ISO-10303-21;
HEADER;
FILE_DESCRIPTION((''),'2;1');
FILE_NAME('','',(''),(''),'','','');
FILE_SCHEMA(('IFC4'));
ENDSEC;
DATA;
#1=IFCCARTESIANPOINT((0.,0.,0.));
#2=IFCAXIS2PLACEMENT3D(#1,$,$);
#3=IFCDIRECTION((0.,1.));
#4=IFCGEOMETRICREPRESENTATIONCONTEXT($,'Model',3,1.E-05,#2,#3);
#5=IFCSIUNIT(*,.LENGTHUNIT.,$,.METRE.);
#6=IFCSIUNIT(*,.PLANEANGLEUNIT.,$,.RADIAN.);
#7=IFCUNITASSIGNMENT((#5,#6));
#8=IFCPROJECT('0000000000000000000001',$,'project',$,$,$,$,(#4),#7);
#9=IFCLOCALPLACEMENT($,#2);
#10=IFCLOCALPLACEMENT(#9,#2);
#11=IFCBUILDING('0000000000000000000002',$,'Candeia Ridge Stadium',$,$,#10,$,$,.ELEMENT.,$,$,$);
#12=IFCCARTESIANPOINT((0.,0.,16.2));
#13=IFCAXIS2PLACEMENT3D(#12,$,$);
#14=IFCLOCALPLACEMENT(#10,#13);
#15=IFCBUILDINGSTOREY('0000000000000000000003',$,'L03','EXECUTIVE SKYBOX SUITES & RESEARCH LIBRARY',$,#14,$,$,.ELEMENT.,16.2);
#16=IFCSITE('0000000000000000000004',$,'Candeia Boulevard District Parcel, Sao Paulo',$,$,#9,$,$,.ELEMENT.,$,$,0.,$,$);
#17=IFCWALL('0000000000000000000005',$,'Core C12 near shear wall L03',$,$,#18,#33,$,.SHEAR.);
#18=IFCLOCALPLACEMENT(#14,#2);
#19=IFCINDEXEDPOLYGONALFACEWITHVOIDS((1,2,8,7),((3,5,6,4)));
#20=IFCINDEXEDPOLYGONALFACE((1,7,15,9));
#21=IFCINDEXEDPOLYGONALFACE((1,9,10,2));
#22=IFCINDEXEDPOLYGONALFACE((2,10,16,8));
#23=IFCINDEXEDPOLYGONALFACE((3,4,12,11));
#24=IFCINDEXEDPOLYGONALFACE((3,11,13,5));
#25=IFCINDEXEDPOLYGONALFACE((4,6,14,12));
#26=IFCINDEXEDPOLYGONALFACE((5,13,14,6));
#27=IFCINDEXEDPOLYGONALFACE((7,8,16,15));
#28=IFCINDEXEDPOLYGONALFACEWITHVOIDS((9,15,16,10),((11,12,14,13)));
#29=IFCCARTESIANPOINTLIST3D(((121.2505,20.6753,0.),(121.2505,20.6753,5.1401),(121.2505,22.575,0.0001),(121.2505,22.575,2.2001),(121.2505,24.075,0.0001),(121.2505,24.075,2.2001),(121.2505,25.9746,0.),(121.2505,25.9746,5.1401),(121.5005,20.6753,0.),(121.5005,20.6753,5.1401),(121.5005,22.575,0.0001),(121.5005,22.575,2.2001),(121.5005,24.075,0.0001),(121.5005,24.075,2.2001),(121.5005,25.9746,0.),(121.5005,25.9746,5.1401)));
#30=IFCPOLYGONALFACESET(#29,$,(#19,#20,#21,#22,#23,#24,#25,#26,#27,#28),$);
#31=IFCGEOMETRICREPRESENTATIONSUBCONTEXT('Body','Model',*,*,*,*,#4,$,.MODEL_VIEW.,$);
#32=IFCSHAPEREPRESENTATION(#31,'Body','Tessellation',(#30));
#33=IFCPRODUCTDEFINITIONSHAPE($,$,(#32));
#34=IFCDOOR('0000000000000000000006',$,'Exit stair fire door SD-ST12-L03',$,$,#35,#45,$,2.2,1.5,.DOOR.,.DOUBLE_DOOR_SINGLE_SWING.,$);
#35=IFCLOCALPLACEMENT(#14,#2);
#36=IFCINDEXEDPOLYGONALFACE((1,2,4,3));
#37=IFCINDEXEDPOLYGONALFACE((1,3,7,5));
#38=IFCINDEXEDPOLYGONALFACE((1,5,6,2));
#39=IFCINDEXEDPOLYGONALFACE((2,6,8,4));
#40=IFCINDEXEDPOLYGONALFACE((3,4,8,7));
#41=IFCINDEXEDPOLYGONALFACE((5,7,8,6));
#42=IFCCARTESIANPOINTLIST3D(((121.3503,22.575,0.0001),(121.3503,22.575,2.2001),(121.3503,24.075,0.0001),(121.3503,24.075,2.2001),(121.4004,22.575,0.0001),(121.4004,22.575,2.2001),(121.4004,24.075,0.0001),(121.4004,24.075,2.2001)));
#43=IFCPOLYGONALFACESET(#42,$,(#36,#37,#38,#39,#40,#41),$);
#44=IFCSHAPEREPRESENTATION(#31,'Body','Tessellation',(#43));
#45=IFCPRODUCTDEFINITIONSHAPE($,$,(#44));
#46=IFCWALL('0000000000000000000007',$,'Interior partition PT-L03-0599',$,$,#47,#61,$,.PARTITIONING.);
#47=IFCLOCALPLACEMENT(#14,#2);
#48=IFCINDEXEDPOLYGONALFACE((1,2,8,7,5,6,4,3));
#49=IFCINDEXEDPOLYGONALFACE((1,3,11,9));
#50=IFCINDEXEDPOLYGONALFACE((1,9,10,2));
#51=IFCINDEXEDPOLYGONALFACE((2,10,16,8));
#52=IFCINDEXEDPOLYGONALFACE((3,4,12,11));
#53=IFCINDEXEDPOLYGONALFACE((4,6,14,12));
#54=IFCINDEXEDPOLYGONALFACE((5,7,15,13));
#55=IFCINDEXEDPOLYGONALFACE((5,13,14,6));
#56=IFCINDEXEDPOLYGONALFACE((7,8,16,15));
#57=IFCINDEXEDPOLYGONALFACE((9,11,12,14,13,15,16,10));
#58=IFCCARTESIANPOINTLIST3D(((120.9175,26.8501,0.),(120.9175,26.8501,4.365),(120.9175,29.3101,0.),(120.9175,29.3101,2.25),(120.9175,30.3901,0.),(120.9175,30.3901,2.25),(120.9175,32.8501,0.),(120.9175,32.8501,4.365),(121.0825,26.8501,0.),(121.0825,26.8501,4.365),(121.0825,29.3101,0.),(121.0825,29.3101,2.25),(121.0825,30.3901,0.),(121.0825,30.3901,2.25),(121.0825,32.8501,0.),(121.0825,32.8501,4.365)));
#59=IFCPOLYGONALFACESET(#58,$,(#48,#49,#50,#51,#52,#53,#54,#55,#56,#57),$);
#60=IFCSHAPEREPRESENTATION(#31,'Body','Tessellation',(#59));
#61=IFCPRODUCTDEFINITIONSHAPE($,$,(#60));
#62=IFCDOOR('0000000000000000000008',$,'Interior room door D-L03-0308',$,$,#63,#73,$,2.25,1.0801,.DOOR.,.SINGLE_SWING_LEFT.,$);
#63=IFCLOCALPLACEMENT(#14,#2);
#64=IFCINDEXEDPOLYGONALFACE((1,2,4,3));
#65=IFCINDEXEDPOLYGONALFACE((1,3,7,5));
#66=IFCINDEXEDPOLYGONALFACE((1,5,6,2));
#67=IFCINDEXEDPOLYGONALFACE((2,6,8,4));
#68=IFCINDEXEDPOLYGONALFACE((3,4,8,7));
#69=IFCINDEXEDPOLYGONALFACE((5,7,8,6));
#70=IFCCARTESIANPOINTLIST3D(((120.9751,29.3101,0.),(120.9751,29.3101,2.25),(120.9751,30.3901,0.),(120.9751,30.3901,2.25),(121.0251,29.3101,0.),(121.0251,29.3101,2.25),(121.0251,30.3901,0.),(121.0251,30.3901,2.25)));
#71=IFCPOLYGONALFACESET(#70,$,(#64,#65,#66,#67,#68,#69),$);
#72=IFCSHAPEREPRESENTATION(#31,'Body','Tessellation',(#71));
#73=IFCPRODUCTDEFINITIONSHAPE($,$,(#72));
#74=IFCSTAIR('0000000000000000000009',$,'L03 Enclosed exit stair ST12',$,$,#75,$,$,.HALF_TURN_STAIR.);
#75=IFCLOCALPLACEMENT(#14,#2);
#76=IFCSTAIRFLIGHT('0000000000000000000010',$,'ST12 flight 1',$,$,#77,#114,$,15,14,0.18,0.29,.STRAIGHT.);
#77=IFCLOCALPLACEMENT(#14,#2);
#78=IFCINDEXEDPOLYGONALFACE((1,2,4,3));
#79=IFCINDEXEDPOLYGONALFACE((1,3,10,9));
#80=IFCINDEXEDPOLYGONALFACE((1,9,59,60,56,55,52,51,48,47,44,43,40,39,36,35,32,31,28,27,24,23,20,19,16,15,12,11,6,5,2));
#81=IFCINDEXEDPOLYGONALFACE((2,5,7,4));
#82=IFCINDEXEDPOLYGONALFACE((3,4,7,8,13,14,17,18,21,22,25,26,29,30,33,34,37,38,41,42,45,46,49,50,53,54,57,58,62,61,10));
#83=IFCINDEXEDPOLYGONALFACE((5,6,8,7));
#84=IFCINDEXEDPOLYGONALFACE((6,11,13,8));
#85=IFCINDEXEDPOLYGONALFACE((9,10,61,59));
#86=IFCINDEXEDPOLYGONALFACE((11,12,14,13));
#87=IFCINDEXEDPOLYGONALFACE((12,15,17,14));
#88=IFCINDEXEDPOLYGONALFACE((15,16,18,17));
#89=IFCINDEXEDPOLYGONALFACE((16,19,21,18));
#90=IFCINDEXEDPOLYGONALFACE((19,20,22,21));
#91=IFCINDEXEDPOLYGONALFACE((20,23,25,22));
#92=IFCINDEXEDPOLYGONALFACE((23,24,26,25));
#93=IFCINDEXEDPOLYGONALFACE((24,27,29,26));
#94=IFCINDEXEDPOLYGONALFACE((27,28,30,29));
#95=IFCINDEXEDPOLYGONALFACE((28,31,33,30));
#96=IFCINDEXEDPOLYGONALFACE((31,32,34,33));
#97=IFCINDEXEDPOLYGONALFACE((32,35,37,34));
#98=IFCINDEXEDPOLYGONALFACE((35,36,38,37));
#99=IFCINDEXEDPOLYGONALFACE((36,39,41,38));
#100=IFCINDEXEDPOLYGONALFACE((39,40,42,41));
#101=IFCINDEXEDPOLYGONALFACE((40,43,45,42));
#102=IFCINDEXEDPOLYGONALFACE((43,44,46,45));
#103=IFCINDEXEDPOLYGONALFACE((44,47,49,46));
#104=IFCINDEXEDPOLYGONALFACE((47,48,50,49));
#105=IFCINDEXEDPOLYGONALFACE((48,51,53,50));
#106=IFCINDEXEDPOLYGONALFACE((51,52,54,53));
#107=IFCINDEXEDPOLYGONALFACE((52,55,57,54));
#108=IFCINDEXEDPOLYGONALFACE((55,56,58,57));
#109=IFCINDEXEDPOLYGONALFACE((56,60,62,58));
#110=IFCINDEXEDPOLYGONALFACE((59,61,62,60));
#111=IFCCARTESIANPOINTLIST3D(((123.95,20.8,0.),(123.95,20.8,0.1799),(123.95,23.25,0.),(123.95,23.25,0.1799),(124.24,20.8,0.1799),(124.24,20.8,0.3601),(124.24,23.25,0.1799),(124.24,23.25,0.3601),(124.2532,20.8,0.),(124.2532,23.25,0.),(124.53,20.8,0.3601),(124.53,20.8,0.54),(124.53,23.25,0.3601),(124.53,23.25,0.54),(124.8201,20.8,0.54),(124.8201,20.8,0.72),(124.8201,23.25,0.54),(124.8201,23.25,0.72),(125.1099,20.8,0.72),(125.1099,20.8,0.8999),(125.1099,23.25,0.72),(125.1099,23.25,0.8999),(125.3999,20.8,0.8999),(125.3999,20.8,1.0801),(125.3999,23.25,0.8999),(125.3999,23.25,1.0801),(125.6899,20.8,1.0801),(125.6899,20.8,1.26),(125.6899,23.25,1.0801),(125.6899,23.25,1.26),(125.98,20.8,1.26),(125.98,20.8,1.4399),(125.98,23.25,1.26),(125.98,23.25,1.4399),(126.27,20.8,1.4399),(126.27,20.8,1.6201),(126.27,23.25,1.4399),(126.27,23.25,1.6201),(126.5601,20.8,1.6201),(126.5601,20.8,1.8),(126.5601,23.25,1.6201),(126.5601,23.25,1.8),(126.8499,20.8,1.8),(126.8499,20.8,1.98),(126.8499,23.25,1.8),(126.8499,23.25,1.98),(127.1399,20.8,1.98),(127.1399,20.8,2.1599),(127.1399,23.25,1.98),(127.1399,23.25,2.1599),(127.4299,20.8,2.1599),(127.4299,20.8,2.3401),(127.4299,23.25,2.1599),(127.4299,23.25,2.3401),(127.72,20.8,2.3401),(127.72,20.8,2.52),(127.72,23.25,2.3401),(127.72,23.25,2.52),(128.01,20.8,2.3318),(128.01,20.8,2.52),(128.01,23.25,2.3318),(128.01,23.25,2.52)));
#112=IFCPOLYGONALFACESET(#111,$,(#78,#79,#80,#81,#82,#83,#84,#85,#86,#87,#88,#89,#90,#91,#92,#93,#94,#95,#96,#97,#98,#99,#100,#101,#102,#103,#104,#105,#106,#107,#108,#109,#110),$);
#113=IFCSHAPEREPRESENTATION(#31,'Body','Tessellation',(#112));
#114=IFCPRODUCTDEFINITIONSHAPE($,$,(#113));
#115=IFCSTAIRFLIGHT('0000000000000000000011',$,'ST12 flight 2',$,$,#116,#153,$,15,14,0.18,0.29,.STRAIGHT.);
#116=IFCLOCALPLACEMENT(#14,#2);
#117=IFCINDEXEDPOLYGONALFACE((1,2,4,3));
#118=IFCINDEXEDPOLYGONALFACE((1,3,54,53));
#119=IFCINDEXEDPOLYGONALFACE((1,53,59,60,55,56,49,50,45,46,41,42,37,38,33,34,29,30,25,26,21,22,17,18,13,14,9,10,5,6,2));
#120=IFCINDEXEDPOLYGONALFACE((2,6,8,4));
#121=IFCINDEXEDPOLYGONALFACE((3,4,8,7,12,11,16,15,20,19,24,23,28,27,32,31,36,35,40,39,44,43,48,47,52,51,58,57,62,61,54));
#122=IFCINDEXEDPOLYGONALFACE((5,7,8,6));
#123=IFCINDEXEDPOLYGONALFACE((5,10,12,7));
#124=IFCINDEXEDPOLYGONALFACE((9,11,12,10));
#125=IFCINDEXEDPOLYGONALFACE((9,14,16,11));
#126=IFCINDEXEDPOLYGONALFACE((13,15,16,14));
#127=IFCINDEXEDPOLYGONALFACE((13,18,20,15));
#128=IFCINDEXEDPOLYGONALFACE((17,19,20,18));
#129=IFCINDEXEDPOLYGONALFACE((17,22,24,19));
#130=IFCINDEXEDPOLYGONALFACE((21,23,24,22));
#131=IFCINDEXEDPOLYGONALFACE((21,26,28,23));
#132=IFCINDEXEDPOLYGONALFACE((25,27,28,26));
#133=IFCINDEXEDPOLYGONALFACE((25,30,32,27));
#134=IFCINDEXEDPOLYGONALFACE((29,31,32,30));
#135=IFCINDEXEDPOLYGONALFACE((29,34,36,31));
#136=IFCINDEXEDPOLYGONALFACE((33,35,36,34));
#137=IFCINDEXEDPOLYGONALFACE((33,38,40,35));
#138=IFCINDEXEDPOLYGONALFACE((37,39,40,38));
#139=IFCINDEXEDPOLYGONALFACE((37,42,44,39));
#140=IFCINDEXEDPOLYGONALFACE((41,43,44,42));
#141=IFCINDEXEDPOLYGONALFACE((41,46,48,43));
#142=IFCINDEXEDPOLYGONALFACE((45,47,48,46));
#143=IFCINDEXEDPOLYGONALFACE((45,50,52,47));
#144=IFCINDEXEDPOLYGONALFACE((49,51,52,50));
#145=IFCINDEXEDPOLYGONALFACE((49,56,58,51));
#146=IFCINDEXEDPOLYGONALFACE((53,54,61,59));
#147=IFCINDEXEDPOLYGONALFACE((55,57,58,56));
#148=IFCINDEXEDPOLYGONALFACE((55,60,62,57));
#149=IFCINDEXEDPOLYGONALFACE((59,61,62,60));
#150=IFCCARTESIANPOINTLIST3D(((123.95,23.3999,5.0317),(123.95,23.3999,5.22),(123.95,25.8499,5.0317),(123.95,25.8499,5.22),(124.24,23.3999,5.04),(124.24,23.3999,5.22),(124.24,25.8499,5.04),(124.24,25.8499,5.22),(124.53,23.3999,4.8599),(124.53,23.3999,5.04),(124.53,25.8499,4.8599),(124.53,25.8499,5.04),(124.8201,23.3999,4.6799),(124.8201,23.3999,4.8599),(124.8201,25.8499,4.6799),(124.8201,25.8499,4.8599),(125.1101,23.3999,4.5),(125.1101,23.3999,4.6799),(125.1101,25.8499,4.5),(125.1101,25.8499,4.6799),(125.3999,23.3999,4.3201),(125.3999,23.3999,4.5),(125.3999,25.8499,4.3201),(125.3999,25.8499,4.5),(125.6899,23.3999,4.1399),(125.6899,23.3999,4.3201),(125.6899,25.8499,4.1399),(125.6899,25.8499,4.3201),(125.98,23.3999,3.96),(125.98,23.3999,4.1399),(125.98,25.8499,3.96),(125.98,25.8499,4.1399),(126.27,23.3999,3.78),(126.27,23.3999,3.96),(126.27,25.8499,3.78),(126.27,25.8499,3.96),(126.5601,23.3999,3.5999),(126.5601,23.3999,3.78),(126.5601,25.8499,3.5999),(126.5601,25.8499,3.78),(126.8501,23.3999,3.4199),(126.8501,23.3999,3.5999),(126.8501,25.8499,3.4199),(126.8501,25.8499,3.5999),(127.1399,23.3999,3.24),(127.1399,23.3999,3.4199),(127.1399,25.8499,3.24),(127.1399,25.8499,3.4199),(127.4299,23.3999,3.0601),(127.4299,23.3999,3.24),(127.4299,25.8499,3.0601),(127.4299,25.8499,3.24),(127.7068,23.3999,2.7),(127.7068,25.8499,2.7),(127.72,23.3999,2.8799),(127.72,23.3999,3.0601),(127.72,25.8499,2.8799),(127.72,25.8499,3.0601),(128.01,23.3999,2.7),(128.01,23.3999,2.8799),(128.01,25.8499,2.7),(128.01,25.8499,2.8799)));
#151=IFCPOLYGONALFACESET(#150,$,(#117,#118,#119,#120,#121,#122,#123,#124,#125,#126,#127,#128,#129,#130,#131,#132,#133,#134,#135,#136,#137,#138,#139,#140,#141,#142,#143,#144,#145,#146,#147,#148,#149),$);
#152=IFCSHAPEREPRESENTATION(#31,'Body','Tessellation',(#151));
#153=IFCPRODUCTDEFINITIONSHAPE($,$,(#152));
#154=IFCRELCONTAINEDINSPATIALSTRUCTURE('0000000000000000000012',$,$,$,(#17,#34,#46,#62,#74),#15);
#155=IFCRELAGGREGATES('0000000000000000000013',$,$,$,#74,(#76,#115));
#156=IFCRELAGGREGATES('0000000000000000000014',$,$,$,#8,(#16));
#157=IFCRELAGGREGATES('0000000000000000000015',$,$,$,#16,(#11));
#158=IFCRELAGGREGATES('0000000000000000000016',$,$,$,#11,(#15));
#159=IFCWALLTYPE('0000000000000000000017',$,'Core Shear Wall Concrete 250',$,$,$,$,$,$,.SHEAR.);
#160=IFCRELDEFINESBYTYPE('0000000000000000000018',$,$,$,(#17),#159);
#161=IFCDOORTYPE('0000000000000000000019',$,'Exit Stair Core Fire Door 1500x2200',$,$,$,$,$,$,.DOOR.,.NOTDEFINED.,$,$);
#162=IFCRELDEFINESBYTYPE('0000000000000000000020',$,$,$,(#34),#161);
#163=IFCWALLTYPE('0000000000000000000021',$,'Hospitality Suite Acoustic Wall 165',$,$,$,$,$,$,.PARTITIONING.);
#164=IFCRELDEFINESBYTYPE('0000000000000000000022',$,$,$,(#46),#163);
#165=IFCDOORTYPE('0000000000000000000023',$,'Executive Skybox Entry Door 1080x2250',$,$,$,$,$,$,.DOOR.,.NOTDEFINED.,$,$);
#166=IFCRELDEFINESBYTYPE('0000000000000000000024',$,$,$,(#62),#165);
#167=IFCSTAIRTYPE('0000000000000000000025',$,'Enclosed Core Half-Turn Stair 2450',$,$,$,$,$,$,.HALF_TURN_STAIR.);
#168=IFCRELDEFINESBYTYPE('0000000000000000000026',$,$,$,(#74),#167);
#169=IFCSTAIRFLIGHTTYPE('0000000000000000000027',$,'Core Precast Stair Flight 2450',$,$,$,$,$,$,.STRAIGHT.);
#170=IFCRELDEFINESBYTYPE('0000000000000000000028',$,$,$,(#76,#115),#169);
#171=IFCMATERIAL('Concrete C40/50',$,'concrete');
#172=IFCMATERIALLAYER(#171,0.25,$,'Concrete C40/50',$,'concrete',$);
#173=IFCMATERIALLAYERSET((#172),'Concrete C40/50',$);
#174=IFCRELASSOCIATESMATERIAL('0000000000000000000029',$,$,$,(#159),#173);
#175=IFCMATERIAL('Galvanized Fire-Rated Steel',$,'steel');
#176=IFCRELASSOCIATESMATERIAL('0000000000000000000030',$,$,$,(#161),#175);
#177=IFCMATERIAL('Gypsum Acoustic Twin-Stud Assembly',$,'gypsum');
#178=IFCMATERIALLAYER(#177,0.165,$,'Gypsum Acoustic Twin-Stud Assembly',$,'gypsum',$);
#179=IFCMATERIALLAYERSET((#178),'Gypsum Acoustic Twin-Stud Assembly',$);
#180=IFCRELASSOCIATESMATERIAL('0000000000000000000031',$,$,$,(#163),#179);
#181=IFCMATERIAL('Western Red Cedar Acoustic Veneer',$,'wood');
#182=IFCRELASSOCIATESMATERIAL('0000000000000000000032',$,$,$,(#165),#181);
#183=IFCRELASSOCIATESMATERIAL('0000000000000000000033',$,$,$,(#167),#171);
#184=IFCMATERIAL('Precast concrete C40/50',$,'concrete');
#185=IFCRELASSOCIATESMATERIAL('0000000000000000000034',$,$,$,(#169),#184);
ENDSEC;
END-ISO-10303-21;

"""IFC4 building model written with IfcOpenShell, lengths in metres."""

from ifc_helpers import new_model, si_unit, direction, frame, frame_2d, origin, place, context, subcontext, project, spatial, polyline, rectangle, outline, extrude, material, layer, layer_set, type_object, element, fill, aggregate, save


model = new_model("IFC4")

# Units and contexts
model_context = context("Model", 3, precision=1e-05, world=origin(), true_north=direction((0.0, 1.0)))
body_context = subcontext(model_context, "Body", "Model", "MODEL_VIEW")
ifc_project = project(units=[si_unit("LENGTHUNIT", "METRE"), si_unit("PLANEANGLEUNIT", "RADIAN")], contexts=[model_context])

# Site, building, storey
site_placement = place(None, origin())
site = spatial("IfcSite", under=ifc_project, at=site_placement, Name="Candeia Boulevard District Parcel, Sao Paulo", CompositionType="ELEMENT", RefElevation=0.0)
building_placement = place(site_placement, origin())
building = spatial("IfcBuilding", under=site, at=building_placement, Name="Candeia Ridge Stadium", CompositionType="ELEMENT")
storey_placement = place(building_placement, frame((0.0, 0.0, 16.2)))
storey = spatial("IfcBuildingStorey", under=building, at=storey_placement, Name="L03", Description="EXECUTIVE SKYBOX SUITES & RESEARCH LIBRARY", CompositionType="ELEMENT", Elevation=16.2)

# Shared definitions
ifc_material_1 = material(Name="Concrete C40/50", Category="concrete")

# Shared definitions
ifc_layer_1 = layer(ifc_material_1, 0.25, Name="Concrete C40/50", Category="concrete")
ifc_layer_set_1 = layer_set([ifc_layer_1], Name="Concrete C40/50")
wall_type_1 = type_object("IfcWallType", Name="Core Shear Wall Concrete 250", PredefinedType="SHEAR", material=ifc_layer_set_1)

# Walls, openings, doors
wall_1_placement = place(storey_placement, frame((121.3755, 25.9746, 0.0), z_axis=(0.0, 0.0, 1.0), x_axis=(0.0, -1.0, 0.0)))
wall_1 = element("IfcWall", 1, at=wall_1_placement, inside=storey, type_object=wall_type_1, Name="Core C12 near shear wall L03", PredefinedType="SHEAR", context=body_context, shape_type="SweptSolid", body=[
    extrude(rectangle(XDim=5.2993, YDim=0.25, at=frame_2d((2.6497, 0.0))), origin(), (0.0, 0.0, 1.0), 5.1401),
])
opening_1_placement = place(wall_1_placement, frame((1.8997, 0.0, 0.0)))
opening_1 = element("IfcOpeningElement", 2, at=opening_1_placement, cuts=wall_1, PredefinedType="OPENING", context=body_context, shape_type="SweptSolid", body=[
    extrude(rectangle(XDim=1.5, YDim=2.2, at=frame_2d((0.75, 1.1001))), frame((0.0, 0.135, 0.0), z_axis=(0.0, -1.0, 0.0), x_axis=(1.0, 0.0, 0.0)), (0.0, 0.0, 1.0), 0.27),
])
ifc_material_2 = material(Name="Galvanized Fire-Rated Steel", Category="steel")
door_type_1 = type_object("IfcDoorType", Name="Exit Stair Core Fire Door 1500x2200", OperationType="NOTDEFINED", PredefinedType="DOOR", material=ifc_material_2)
door_1_placement = place(opening_1_placement, origin())
door_1 = element("IfcDoor", 3, at=door_1_placement, inside=storey, type_object=door_type_1, Name="Exit stair fire door SD-ST12-L03", OperationType="DOUBLE_DOOR_SINGLE_SWING", OverallHeight=2.2, OverallWidth=1.5, PredefinedType="DOOR", context=body_context, shape_type="SweptSolid", body=[
    extrude(rectangle(XDim=1.5, YDim=2.2, at=frame_2d((0.75, 1.1001))), frame((0.0, 0.0249, 0.0), z_axis=(0.0, -1.0, 0.0), x_axis=(1.0, 0.0, 0.0)), (0.0, 0.0, 1.0), 0.05),
])
fill(opening_1, door_1)
ifc_material_3 = material(Name="Gypsum Acoustic Twin-Stud Assembly", Category="gypsum")
ifc_layer_2 = layer(ifc_material_3, 0.165, Name="Gypsum Acoustic Twin-Stud Assembly", Category="gypsum")
ifc_layer_set_2 = layer_set([ifc_layer_2], Name="Gypsum Acoustic Twin-Stud Assembly")
wall_type_2 = type_object("IfcWallType", Name="Hospitality Suite Acoustic Wall 165", PredefinedType="PARTITIONING", material=ifc_layer_set_2)
wall_2_placement = place(storey_placement, frame((121.0, 32.8501, 0.0), z_axis=(0.0, 0.0, 1.0), x_axis=(0.0, -1.0, 0.0)))
wall_2 = element("IfcWall", 4, at=wall_2_placement, inside=storey, type_object=wall_type_2, Name="Interior partition PT-L03-0599", PredefinedType="PARTITIONING", context=body_context, shape_type="SweptSolid", body=[
    extrude(rectangle(XDim=6.0, YDim=0.165, at=frame_2d((3.0, 0.0))), origin(), (0.0, 0.0, 1.0), 4.365),
])
opening_2_placement = place(wall_2_placement, frame((2.46, 0.0, 0.0)))
opening_2 = element("IfcOpeningElement", 5, at=opening_2_placement, cuts=wall_2, PredefinedType="OPENING", context=body_context, shape_type="SweptSolid", body=[
    extrude(rectangle(XDim=1.0801, YDim=2.25, at=frame_2d((0.54, 1.125))), frame((0.0, 0.0925, 0.0), z_axis=(0.0, -1.0, 0.0), x_axis=(1.0, 0.0, 0.0)), (0.0, 0.0, 1.0), 0.1851),
])
ifc_material_4 = material(Name="Western Red Cedar Acoustic Veneer", Category="wood")
door_type_2 = type_object("IfcDoorType", Name="Executive Skybox Entry Door 1080x2250", OperationType="NOTDEFINED", PredefinedType="DOOR", material=ifc_material_4)
door_2_placement = place(opening_2_placement, frame((1.0801, 0.0, 0.0), z_axis=(0.0, 0.0, 1.0), x_axis=(-1.0, 0.0, 0.0)))
door_2 = element("IfcDoor", 6, at=door_2_placement, inside=storey, type_object=door_type_2, Name="Interior room door D-L03-0308", OperationType="SINGLE_SWING_LEFT", OverallHeight=2.25, OverallWidth=1.0801, PredefinedType="DOOR", context=body_context, shape_type="SweptSolid", body=[
    extrude(rectangle(XDim=1.0801, YDim=2.25, at=frame_2d((0.54, 1.125))), frame((0.0, 0.0249, 0.0), z_axis=(0.0, -1.0, 0.0), x_axis=(1.0, 0.0, 0.0)), (0.0, 0.0, 1.0), 0.05),
])
fill(opening_2, door_2)

# Stair, stair flights
stair_type = type_object("IfcStairType", Name="Enclosed Core Half-Turn Stair 2450", PredefinedType="HALF_TURN_STAIR", material=ifc_material_1)
stair_placement = place(storey_placement, origin())
stair = element("IfcStair", 7, at=stair_placement, inside=storey, type_object=stair_type, Name="L03 Enclosed exit stair ST12", PredefinedType="HALF_TURN_STAIR")
ifc_material_5 = material(Name="Precast concrete C40/50", Category="concrete")
stair_flight_type = type_object("IfcStairFlightType", Name="Core Precast Stair Flight 2450", PredefinedType="STRAIGHT", material=ifc_material_5)
stair_flight_1_placement = place(storey_placement, frame((123.95, 22.0249, 0.0), z_axis=(0.0, 0.0, 1.0), x_axis=(1.0, 0.0, 0.0)))
stair_flight_1 = element("IfcStairFlight", 8, at=stair_flight_1_placement, type_object=stair_flight_type, Name="ST12 flight 1", NumberOfRisers=15, NumberOfTreads=14, PredefinedType="STRAIGHT", RiserHeight=0.18, TreadLength=0.29, context=body_context, shape_type="SweptSolid", body=[
    extrude(outline(polyline([(0.0, 0.0), (0.0, 0.1799), (0.29, 0.1799), (0.29, 0.3601), (0.5801, 0.3601), (0.5801, 0.54), (0.8701, 0.54), (0.8701, 0.72), (1.1599, 0.72), (1.1599, 0.8999), (1.45, 0.8999), (1.45, 1.0801), (1.74, 1.0801), (1.74, 1.26), (2.03, 1.26), (2.03, 1.4399), (2.3201, 1.4399), (2.3201, 1.6201), (2.6101, 1.6201), (2.6101, 1.8), (2.8999, 1.8), (2.8999, 1.98), (3.1899, 1.98), (3.1899, 2.1599), (3.48, 2.1599), (3.48, 2.3401), (3.77, 2.3401), (3.77, 2.52), (4.0601, 2.52), (4.0601, 2.7), (4.0601, 2.3318), (0.3032, 0.0), (0.0, 0.0)])), frame((0.0, 1.2251, 0.0), z_axis=(0.0, -1.0, 0.0), x_axis=(1.0, 0.0, 0.0)), (0.0, 0.0, 1.0), 2.45),
])
stair_flight_2_placement = place(storey_placement, frame((128.01, 24.625, 2.7), z_axis=(0.0, 0.0, 1.0), x_axis=(-1.0, 0.0, 0.0)))
stair_flight_2 = element("IfcStairFlight", 9, at=stair_flight_2_placement, type_object=stair_flight_type, Name="ST12 flight 2", NumberOfRisers=15, NumberOfTreads=14, PredefinedType="STRAIGHT", RiserHeight=0.18, TreadLength=0.29, context=body_context, shape_type="SweptSolid", body=[
    extrude(outline(polyline([(0.0, 0.0), (0.0, 0.1799), (0.29, 0.1799), (0.29, 0.3601), (0.5801, 0.3601), (0.5801, 0.54), (0.8701, 0.54), (0.8701, 0.72), (1.1599, 0.72), (1.1599, 0.8999), (1.45, 0.8999), (1.45, 1.0801), (1.74, 1.0801), (1.74, 1.26), (2.03, 1.26), (2.03, 1.4399), (2.3201, 1.4399), (2.3201, 1.6201), (2.6101, 1.6201), (2.6101, 1.8), (2.8999, 1.8), (2.8999, 1.98), (3.1899, 1.98), (3.1899, 2.1599), (3.48, 2.1599), (3.48, 2.3401), (3.77, 2.3401), (3.77, 2.52), (4.0601, 2.52), (4.0601, 2.7), (4.0601, 2.3318), (0.3032, 0.0), (0.0, 0.0)])), frame((0.0, 1.2251, 0.0), z_axis=(0.0, -1.0, 0.0), x_axis=(1.0, 0.0, 0.0)), (0.0, 0.0, 1.0), 2.45),
])
aggregate(stair, [stair_flight_1, stair_flight_2])

save(model, "model.ifc")
